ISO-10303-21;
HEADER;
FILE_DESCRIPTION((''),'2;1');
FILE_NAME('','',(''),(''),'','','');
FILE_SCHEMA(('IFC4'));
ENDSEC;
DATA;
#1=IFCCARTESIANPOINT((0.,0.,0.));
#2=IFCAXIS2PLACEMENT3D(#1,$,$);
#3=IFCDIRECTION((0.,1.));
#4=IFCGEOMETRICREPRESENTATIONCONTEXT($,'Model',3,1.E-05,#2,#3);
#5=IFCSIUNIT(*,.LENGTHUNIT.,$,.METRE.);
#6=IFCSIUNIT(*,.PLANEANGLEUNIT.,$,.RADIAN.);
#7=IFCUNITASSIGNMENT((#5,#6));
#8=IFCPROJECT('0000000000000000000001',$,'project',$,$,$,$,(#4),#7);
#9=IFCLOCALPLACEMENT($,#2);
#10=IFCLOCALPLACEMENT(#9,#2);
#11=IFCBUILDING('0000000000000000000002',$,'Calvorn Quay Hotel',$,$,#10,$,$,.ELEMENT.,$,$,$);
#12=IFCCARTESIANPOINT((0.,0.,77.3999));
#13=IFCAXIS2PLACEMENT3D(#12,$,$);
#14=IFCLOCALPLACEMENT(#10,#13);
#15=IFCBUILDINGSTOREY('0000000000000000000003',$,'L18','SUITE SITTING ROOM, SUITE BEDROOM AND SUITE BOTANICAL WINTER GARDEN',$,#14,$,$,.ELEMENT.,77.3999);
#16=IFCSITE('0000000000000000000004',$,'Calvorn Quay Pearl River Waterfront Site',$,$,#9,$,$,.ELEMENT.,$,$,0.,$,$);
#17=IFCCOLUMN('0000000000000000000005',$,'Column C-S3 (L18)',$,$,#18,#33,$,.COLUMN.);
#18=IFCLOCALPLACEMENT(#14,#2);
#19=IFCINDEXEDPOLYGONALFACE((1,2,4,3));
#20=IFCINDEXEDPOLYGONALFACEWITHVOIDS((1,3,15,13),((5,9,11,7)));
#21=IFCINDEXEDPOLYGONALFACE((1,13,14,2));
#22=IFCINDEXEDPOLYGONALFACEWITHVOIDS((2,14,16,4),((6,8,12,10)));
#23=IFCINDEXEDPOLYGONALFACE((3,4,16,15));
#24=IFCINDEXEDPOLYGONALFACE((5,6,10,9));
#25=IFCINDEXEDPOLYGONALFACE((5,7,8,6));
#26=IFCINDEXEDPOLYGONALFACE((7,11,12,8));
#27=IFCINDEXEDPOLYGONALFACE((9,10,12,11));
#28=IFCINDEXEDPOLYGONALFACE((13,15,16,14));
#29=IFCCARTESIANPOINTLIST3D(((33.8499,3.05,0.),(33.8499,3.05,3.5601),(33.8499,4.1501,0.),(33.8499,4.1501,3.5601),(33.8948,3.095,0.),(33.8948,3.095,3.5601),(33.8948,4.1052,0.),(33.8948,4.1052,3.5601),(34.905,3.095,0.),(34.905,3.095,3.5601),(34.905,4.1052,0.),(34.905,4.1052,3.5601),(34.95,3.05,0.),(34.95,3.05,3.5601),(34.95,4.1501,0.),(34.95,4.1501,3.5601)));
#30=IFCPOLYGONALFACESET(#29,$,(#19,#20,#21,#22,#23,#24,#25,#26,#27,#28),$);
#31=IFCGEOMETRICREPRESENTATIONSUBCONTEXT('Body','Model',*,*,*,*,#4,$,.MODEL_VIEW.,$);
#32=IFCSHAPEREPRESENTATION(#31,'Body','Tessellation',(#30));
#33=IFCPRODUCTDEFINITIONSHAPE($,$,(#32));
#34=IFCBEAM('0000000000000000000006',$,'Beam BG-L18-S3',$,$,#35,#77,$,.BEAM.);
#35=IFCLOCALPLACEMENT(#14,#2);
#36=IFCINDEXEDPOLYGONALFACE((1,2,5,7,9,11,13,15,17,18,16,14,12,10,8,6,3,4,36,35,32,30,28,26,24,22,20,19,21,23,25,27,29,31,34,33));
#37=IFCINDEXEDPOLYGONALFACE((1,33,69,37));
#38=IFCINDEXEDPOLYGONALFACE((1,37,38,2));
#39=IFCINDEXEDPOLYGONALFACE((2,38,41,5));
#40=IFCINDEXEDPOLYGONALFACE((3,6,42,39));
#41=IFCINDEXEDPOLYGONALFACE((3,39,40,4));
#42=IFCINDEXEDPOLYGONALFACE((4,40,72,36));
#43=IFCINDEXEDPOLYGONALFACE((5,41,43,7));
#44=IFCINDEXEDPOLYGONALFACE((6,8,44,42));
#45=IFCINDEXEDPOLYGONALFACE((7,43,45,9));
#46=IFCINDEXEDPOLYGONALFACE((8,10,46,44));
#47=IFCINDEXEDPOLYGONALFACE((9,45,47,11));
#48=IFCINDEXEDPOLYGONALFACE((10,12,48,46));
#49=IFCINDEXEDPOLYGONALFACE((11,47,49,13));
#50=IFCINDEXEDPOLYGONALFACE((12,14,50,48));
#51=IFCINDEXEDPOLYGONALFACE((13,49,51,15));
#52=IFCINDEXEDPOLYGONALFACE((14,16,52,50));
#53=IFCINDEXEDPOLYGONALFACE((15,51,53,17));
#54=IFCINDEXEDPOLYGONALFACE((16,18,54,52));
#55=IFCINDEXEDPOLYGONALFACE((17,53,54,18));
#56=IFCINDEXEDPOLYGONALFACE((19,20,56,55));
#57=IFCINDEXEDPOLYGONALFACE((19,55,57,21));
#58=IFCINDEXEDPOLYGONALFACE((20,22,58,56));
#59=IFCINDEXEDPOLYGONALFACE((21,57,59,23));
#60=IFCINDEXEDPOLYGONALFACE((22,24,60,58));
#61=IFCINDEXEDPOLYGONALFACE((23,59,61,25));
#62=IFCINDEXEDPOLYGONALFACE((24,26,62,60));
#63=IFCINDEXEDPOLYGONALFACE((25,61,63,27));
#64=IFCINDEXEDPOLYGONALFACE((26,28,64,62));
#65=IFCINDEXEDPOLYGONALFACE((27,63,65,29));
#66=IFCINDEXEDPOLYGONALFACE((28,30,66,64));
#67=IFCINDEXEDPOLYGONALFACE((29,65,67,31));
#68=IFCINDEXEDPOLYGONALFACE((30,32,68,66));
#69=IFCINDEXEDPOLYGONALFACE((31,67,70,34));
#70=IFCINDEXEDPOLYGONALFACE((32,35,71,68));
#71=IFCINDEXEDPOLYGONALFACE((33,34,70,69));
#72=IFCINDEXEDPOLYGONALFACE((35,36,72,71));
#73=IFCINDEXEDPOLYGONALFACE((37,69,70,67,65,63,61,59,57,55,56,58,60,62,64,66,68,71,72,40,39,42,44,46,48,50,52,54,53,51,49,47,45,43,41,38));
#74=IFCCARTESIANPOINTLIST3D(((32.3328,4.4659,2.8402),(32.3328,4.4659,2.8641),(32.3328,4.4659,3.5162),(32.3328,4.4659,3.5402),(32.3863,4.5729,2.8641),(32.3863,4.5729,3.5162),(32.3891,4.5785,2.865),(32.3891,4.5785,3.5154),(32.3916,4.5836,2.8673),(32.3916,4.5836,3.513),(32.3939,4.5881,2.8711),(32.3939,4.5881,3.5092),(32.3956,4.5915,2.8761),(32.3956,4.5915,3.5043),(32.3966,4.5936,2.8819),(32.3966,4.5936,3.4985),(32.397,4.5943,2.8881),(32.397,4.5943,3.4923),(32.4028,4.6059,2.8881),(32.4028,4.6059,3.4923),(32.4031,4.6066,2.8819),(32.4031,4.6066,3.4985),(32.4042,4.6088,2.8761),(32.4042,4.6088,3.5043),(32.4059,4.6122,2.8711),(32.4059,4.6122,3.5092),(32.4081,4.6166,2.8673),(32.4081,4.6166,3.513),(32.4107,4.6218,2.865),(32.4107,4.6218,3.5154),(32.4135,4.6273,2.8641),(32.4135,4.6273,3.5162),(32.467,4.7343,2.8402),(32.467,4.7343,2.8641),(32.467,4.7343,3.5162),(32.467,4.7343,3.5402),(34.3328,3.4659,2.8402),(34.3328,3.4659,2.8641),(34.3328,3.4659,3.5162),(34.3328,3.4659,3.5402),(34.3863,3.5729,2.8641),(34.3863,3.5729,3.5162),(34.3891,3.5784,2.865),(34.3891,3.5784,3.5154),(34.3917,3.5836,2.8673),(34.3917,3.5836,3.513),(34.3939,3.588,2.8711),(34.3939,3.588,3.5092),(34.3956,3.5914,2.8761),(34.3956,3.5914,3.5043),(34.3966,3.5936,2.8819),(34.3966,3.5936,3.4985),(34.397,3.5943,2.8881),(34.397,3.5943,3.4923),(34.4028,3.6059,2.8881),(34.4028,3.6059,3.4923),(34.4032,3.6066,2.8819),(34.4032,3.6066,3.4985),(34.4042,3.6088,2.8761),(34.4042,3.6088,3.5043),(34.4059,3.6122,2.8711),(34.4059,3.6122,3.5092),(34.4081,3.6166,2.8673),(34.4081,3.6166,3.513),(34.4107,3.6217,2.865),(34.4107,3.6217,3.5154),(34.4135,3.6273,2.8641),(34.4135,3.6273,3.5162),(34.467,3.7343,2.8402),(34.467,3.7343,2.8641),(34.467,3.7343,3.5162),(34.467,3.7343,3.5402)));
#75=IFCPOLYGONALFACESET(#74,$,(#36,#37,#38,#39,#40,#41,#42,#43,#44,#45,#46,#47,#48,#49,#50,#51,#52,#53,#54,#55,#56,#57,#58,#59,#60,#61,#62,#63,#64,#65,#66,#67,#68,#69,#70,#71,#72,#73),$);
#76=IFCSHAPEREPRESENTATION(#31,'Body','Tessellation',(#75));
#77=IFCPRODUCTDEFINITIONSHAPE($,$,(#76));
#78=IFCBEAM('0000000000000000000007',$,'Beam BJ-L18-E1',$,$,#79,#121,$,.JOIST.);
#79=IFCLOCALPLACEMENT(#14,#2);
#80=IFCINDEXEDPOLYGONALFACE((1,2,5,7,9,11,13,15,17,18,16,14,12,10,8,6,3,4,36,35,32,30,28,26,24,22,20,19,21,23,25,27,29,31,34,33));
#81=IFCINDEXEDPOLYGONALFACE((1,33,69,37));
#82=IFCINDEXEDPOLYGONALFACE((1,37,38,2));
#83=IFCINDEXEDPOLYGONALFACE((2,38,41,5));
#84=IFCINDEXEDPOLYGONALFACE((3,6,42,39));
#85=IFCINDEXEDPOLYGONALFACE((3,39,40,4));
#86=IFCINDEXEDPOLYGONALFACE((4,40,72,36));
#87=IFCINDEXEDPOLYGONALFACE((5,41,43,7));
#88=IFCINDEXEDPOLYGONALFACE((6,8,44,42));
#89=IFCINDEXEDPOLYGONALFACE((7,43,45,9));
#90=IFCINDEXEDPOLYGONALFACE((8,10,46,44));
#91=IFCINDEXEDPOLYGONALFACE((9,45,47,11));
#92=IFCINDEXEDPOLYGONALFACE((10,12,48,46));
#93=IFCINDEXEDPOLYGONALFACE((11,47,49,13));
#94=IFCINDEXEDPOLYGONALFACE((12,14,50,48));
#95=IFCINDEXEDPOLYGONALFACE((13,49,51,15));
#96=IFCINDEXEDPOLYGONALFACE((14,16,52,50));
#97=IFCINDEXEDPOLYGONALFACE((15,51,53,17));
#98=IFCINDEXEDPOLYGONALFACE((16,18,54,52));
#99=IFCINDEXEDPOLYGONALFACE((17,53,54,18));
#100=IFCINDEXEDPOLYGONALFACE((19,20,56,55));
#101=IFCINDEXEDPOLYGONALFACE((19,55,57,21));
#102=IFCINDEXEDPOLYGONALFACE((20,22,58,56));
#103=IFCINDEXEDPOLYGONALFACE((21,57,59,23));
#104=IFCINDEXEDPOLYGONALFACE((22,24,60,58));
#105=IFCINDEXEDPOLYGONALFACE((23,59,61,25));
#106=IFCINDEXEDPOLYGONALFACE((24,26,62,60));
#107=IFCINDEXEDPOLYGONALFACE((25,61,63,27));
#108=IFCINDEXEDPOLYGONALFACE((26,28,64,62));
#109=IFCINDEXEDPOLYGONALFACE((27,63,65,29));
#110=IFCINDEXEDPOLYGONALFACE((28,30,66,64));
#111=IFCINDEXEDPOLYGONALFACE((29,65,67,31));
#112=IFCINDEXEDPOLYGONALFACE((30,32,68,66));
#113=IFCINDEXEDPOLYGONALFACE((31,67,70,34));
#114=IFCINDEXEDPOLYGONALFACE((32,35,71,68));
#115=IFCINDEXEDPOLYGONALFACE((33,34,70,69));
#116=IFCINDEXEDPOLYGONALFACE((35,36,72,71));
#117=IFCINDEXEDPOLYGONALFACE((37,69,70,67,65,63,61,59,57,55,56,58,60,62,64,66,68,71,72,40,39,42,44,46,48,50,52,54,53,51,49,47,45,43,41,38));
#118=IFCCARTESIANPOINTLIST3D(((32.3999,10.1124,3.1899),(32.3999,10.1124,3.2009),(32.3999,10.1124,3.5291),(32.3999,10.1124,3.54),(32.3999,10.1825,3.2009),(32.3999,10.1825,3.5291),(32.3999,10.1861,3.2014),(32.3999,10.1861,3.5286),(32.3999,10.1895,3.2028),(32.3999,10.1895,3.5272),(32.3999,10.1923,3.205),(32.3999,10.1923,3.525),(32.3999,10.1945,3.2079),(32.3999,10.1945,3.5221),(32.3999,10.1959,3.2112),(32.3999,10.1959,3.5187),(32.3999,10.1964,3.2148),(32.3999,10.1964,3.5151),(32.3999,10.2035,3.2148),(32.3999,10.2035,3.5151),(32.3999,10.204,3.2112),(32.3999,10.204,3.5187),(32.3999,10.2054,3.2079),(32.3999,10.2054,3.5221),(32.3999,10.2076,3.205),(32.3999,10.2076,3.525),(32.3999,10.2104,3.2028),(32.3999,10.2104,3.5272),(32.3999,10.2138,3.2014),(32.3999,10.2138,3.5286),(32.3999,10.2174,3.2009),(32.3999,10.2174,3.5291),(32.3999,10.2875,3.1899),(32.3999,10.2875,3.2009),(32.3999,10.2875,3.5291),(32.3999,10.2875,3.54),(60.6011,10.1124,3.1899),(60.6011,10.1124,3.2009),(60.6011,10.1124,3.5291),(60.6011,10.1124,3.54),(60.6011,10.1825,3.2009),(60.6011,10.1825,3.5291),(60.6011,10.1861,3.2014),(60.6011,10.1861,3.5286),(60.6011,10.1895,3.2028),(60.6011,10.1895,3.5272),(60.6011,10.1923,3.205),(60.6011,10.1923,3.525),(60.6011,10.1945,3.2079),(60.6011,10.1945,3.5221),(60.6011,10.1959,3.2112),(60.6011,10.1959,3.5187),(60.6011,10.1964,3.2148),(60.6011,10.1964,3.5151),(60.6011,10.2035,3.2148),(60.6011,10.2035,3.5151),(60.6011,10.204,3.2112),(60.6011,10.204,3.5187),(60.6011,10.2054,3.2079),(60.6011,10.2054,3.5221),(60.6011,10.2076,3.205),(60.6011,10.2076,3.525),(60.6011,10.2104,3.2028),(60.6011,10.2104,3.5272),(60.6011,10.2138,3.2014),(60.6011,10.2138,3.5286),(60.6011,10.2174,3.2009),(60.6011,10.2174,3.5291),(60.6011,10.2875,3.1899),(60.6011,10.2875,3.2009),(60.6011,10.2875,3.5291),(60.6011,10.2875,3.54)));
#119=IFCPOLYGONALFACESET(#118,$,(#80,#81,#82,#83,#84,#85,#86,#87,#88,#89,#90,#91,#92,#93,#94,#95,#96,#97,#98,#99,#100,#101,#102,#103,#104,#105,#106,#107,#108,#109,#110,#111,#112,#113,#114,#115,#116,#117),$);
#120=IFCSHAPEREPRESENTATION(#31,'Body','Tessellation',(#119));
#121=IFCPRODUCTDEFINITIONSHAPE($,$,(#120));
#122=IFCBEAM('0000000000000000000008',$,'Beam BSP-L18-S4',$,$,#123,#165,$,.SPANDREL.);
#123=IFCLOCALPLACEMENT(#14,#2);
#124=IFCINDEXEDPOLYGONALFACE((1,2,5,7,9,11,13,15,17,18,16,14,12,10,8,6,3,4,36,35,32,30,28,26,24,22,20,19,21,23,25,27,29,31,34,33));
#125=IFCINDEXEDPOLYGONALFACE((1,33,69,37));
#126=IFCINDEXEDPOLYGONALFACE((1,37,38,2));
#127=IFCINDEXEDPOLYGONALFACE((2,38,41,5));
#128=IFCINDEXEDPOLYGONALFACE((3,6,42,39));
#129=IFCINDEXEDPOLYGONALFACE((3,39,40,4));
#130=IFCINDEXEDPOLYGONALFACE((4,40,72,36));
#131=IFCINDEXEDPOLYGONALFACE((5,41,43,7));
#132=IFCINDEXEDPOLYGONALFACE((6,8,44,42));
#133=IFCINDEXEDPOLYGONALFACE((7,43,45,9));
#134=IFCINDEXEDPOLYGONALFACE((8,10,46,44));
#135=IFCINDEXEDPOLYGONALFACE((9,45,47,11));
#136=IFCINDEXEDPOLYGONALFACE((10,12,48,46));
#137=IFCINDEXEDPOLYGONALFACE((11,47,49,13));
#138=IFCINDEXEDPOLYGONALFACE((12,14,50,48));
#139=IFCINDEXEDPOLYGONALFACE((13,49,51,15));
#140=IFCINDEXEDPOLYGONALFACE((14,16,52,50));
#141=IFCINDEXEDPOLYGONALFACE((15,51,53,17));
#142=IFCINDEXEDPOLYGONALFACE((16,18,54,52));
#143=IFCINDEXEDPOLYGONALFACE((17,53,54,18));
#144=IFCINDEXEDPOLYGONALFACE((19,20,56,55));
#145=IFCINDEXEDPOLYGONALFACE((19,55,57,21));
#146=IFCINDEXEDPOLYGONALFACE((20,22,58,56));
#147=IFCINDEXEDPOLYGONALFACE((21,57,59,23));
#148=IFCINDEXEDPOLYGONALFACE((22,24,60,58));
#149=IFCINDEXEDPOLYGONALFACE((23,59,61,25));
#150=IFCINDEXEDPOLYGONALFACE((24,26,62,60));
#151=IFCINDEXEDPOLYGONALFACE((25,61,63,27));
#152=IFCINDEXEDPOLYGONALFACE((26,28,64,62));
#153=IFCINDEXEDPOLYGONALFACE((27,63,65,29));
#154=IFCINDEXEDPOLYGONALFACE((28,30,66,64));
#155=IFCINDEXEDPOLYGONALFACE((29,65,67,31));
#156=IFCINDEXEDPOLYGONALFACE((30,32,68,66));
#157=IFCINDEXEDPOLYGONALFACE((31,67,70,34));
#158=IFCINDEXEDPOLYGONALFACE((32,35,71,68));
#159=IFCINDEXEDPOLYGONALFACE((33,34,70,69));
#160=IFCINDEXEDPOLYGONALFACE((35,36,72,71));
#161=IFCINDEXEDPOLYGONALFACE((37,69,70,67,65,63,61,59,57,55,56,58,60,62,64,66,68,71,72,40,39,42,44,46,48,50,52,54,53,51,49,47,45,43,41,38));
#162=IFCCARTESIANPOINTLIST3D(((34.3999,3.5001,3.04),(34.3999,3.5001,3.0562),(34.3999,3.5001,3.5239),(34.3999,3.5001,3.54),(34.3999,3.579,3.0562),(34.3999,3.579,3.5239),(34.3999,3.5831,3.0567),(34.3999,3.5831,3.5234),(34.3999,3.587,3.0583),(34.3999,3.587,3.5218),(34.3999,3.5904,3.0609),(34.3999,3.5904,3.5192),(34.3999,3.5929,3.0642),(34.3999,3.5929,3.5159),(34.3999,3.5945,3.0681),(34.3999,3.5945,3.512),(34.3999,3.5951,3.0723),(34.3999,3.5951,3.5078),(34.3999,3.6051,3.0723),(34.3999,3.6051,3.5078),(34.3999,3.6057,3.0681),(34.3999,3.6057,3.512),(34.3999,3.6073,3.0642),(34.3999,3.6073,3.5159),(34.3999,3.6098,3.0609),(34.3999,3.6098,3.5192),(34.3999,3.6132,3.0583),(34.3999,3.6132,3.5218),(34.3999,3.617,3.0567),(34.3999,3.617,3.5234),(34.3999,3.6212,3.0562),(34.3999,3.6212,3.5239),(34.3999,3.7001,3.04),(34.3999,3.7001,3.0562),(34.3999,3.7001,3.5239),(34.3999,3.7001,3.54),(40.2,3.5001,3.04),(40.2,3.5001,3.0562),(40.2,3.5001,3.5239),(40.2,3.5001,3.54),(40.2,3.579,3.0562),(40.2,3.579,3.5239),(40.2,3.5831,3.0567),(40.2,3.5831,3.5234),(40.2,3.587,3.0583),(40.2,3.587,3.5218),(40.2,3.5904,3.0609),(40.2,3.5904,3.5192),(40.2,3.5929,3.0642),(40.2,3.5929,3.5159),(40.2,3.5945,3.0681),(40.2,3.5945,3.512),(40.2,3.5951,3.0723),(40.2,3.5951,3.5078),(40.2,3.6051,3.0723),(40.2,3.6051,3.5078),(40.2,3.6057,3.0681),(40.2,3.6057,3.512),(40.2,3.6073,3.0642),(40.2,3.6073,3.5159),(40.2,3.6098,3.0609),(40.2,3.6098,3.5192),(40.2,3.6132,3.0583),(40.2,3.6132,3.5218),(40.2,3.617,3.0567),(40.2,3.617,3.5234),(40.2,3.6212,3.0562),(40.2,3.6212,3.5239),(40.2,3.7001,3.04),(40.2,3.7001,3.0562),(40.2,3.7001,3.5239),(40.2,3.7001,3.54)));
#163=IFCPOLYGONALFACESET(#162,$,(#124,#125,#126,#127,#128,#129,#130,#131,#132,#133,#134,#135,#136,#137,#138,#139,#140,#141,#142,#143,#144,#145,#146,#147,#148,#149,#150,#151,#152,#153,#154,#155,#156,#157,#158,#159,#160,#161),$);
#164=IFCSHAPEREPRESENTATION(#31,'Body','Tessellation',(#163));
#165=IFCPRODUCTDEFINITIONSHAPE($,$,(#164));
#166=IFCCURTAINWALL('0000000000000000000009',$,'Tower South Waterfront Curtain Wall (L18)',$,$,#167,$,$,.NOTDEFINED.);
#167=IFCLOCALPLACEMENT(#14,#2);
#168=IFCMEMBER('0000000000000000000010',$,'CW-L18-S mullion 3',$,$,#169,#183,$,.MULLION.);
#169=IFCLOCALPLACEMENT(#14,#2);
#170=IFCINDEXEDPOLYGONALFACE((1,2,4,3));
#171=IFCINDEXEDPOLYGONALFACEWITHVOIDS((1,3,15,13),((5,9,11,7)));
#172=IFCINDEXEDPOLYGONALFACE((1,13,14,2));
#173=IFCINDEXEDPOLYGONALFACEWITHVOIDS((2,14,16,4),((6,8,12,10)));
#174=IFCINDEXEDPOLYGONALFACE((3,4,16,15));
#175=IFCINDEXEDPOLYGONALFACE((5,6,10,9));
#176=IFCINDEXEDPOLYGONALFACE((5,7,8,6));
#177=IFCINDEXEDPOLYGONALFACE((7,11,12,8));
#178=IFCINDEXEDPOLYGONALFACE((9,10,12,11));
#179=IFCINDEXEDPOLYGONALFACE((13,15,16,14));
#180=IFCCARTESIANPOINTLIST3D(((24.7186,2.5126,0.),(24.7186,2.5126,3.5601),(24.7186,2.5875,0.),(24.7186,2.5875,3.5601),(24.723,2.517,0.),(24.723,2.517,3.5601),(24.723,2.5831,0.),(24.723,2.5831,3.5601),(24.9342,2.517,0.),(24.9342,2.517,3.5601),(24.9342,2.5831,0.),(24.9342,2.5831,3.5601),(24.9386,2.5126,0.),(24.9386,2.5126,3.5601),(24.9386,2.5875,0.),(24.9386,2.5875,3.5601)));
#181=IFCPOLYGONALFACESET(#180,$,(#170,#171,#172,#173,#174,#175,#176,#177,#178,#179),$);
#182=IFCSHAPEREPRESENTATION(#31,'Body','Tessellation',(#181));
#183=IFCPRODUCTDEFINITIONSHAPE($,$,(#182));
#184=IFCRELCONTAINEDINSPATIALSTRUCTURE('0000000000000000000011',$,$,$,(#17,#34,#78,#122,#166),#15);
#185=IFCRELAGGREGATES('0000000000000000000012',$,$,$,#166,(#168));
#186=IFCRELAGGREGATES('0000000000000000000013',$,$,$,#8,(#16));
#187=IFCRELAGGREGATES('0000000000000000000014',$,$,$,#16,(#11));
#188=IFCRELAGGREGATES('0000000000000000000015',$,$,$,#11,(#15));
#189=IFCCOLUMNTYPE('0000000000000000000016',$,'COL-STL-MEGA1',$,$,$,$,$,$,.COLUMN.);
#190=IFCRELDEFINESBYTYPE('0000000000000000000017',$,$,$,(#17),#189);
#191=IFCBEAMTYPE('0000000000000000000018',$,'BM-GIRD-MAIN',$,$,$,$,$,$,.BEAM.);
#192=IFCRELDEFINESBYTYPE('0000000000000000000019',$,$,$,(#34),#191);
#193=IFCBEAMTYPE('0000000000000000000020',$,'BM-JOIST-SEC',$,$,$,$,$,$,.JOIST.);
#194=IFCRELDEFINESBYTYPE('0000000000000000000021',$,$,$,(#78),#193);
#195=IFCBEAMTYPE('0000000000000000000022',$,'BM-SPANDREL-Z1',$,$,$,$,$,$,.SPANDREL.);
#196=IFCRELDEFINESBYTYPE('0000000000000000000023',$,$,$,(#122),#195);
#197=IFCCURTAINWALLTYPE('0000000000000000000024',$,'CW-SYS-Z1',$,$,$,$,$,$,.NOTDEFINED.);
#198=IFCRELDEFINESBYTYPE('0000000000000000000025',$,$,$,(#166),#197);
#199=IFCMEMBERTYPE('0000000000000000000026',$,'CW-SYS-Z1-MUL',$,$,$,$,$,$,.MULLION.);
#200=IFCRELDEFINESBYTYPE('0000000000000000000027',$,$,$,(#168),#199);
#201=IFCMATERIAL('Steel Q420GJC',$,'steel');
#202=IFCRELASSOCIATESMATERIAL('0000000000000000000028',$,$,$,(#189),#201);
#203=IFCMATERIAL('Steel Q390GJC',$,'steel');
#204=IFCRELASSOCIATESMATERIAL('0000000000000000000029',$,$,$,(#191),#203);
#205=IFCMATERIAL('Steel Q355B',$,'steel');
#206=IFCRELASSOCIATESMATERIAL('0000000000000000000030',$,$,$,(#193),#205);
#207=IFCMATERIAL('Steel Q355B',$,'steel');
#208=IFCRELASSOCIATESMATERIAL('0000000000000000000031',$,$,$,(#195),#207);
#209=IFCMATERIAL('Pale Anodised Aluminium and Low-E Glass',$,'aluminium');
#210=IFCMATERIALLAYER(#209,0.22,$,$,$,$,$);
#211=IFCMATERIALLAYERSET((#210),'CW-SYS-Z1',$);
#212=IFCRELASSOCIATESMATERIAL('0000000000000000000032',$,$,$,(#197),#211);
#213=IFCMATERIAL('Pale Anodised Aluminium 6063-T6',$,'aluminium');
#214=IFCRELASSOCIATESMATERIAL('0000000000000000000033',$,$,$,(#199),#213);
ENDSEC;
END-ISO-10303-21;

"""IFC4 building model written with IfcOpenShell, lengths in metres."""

from ifc_helpers import new_model, si_unit, direction, frame, origin, origin_2d, place, context, subcontext, project, spatial, hollow_rectangle, i_section, extrude, material, layer, layer_set, material_profile, profile_set, type_object, element, aggregate, save


model = new_model("IFC4")

# Units and contexts
model_context = context("Model", 3, precision=1e-05, world=origin(), true_north=direction((0.0, 1.0)))
body_context = subcontext(model_context, "Body", "Model", "MODEL_VIEW")
ifc_project = project(units=[si_unit("LENGTHUNIT", "METRE"), si_unit("PLANEANGLEUNIT", "RADIAN")], contexts=[model_context])

# Site, building, storey
site_placement = place(None, origin())
site = spatial("IfcSite", under=ifc_project, at=site_placement, Name="Calvorn Quay Pearl River Waterfront Site", CompositionType="ELEMENT", RefElevation=0.0)
building_placement = place(site_placement, origin())
building = spatial("IfcBuilding", under=site, at=building_placement, Name="Calvorn Quay Hotel", CompositionType="ELEMENT")
storey_placement = place(building_placement, frame((0.0, 0.0, 77.3999)))
storey = spatial("IfcBuildingStorey", under=building, at=storey_placement, Name="L18", Description="SUITE SITTING ROOM, SUITE BEDROOM AND SUITE BOTANICAL WINTER GARDEN", CompositionType="ELEMENT", Elevation=77.3999)

# Column
ifc_material_1 = material(Name="Steel Q420GJC", Category="steel")
ifc_material_profile_1 = material_profile(ifc_material_1, hollow_rectangle(XDim=1.1001, YDim=1.1001, WallThickness=0.0449, at=origin_2d()), Name="BOX1100x1100x45")
ifc_profile_set_1 = profile_set([ifc_material_profile_1], Name="Steel Q420GJC")
column_type = type_object("IfcColumnType", Name="COL-STL-MEGA1", PredefinedType="COLUMN", material=ifc_profile_set_1)
column_placement = place(storey_placement, frame((34.3999, 3.6001, 0.0), z_axis=(0.0, 0.0, 1.0), x_axis=(1.0, 0.0, 0.0)))
element("IfcColumn", 1, at=column_placement, inside=storey, type_object=column_type, Name="Column C-S3 (L18)", PredefinedType="COLUMN", context=body_context, shape_type="SweptSolid", body=[
    extrude(hollow_rectangle(XDim=1.1001, YDim=1.1001, WallThickness=0.0449, at=origin_2d()), origin(), (0.0, 0.0, 1.0), 3.5601),
])

# Beams
ifc_material_2 = material(Name="Steel Q390GJC", Category="steel")
ifc_material_profile_2 = material_profile(ifc_material_2, i_section(OverallWidth=0.3, OverallDepth=0.7, WebThickness=0.0129, FlangeThickness=0.0239, FilletRadius=0.0239, at=origin_2d()), Name="HN700x300x13x24")
ifc_profile_set_2 = profile_set([ifc_material_profile_2], Name="Steel Q390GJC")
beam_type_1 = type_object("IfcBeamType", Name="BM-GIRD-MAIN", PredefinedType="BEAM", material=ifc_profile_set_2)
beam_1_placement = place(storey_placement, frame((34.3999, 3.6001, 3.1902), z_axis=(-0.894427, 0.447214, 0.0), x_axis=(-0.447214, -0.894427, 0.0)))
element("IfcBeam", 2, at=beam_1_placement, inside=storey, type_object=beam_type_1, Name="Beam BG-L18-S3", PredefinedType="BEAM", context=body_context, shape_type="SweptSolid", body=[
    extrude(i_section(OverallWidth=0.3, OverallDepth=0.7, WebThickness=0.0129, FlangeThickness=0.0239, FilletRadius=0.0239, at=origin_2d()), origin(), (0.0, 0.0, 1.0), 2.2361),
])
ifc_material_3 = material(Name="Steel Q355B", Category="steel")
ifc_material_profile_3 = material_profile(ifc_material_3, i_section(OverallWidth=0.175, OverallDepth=0.3501, WebThickness=0.0071, FlangeThickness=0.011, FilletRadius=0.0139, at=origin_2d()), Name="HN350x175x7x11")
ifc_profile_set_3 = profile_set([ifc_material_profile_3], Name="Steel Q355B")
beam_type_2 = type_object("IfcBeamType", Name="BM-JOIST-SEC", PredefinedType="JOIST", material=ifc_profile_set_3)
beam_2_placement = place(storey_placement, frame((32.3999, 10.2, 3.365), z_axis=(1.0, 0.0, 0.0), x_axis=(0.0, 1.0, 0.0)))
element("IfcBeam", 3, at=beam_2_placement, inside=storey, type_object=beam_type_2, Name="Beam BJ-L18-E1", PredefinedType="JOIST", context=body_context, shape_type="SweptSolid", body=[
    extrude(i_section(OverallWidth=0.175, OverallDepth=0.3501, WebThickness=0.0071, FlangeThickness=0.011, FilletRadius=0.0139, at=origin_2d()), origin(), (0.0, 0.0, 1.0), 28.2012),
])
ifc_material_4 = material(Name="Steel Q355B", Category="steel")
ifc_material_profile_4 = material_profile(ifc_material_4, i_section(OverallWidth=0.2, OverallDepth=0.5, WebThickness=0.01, FlangeThickness=0.0161, FilletRadius=0.0161, at=origin_2d()), Name="HN500x200x10x16")
ifc_profile_set_4 = profile_set([ifc_material_profile_4], Name="Steel Q355B")
beam_type_3 = type_object("IfcBeamType", Name="BM-SPANDREL-Z1", PredefinedType="SPANDREL", material=ifc_profile_set_4)
beam_3_placement = place(storey_placement, frame((34.3999, 3.6001, 3.29), z_axis=(1.0, 0.0, 0.0), x_axis=(0.0, 1.0, 0.0)))
element("IfcBeam", 4, at=beam_3_placement, inside=storey, type_object=beam_type_3, Name="Beam BSP-L18-S4", PredefinedType="SPANDREL", context=body_context, shape_type="SweptSolid", body=[
    extrude(i_section(OverallWidth=0.2, OverallDepth=0.5, WebThickness=0.01, FlangeThickness=0.0161, FilletRadius=0.0161, at=origin_2d()), origin(), (0.0, 0.0, 1.0), 5.8),
])

# Curtain wall, member
ifc_material_5 = material(Name="Pale Anodised Aluminium and Low-E Glass", Category="aluminium")
ifc_layer_1 = layer(ifc_material_5, 0.22)
ifc_layer_set_1 = layer_set([ifc_layer_1], Name="CW-SYS-Z1")
curtain_wall_type = type_object("IfcCurtainWallType", Name="CW-SYS-Z1", PredefinedType="NOTDEFINED", material=ifc_layer_set_1)
curtain_wall_placement = place(storey_placement, origin())
curtain_wall = element("IfcCurtainWall", 5, at=curtain_wall_placement, inside=storey, type_object=curtain_wall_type, Name="Tower South Waterfront Curtain Wall (L18)", PredefinedType="NOTDEFINED")
ifc_material_6 = material(Name="Pale Anodised Aluminium 6063-T6", Category="aluminium")
ifc_material_profile_5 = material_profile(ifc_material_6, hollow_rectangle(XDim=0.075, YDim=0.22, WallThickness=0.0044, at=origin_2d()), Name="ALU-M220x75x4.5")
ifc_profile_set_5 = profile_set([ifc_material_profile_5], Name="Pale Anodised Aluminium 6063-T6")
member_type_1 = type_object("IfcMemberType", Name="CW-SYS-Z1-MUL", PredefinedType="MULLION", material=ifc_profile_set_5)
member_1_placement = place(storey_placement, frame((24.8286, 2.55, 0.0), z_axis=(0.0, 0.0, 1.0), x_axis=(0.0, 1.0, 0.0)))
member_1 = element("IfcMember", 6, at=member_1_placement, type_object=member_type_1, Name="CW-L18-S mullion 3", PredefinedType="MULLION", context=body_context, shape_type="SweptSolid", body=[
    extrude(hollow_rectangle(XDim=0.075, YDim=0.22, WallThickness=0.0044, at=origin_2d()), origin(), (0.0, 0.0, 1.0), 3.5601),
])
aggregate(curtain_wall, [member_1])

save(model, "model.ifc")
